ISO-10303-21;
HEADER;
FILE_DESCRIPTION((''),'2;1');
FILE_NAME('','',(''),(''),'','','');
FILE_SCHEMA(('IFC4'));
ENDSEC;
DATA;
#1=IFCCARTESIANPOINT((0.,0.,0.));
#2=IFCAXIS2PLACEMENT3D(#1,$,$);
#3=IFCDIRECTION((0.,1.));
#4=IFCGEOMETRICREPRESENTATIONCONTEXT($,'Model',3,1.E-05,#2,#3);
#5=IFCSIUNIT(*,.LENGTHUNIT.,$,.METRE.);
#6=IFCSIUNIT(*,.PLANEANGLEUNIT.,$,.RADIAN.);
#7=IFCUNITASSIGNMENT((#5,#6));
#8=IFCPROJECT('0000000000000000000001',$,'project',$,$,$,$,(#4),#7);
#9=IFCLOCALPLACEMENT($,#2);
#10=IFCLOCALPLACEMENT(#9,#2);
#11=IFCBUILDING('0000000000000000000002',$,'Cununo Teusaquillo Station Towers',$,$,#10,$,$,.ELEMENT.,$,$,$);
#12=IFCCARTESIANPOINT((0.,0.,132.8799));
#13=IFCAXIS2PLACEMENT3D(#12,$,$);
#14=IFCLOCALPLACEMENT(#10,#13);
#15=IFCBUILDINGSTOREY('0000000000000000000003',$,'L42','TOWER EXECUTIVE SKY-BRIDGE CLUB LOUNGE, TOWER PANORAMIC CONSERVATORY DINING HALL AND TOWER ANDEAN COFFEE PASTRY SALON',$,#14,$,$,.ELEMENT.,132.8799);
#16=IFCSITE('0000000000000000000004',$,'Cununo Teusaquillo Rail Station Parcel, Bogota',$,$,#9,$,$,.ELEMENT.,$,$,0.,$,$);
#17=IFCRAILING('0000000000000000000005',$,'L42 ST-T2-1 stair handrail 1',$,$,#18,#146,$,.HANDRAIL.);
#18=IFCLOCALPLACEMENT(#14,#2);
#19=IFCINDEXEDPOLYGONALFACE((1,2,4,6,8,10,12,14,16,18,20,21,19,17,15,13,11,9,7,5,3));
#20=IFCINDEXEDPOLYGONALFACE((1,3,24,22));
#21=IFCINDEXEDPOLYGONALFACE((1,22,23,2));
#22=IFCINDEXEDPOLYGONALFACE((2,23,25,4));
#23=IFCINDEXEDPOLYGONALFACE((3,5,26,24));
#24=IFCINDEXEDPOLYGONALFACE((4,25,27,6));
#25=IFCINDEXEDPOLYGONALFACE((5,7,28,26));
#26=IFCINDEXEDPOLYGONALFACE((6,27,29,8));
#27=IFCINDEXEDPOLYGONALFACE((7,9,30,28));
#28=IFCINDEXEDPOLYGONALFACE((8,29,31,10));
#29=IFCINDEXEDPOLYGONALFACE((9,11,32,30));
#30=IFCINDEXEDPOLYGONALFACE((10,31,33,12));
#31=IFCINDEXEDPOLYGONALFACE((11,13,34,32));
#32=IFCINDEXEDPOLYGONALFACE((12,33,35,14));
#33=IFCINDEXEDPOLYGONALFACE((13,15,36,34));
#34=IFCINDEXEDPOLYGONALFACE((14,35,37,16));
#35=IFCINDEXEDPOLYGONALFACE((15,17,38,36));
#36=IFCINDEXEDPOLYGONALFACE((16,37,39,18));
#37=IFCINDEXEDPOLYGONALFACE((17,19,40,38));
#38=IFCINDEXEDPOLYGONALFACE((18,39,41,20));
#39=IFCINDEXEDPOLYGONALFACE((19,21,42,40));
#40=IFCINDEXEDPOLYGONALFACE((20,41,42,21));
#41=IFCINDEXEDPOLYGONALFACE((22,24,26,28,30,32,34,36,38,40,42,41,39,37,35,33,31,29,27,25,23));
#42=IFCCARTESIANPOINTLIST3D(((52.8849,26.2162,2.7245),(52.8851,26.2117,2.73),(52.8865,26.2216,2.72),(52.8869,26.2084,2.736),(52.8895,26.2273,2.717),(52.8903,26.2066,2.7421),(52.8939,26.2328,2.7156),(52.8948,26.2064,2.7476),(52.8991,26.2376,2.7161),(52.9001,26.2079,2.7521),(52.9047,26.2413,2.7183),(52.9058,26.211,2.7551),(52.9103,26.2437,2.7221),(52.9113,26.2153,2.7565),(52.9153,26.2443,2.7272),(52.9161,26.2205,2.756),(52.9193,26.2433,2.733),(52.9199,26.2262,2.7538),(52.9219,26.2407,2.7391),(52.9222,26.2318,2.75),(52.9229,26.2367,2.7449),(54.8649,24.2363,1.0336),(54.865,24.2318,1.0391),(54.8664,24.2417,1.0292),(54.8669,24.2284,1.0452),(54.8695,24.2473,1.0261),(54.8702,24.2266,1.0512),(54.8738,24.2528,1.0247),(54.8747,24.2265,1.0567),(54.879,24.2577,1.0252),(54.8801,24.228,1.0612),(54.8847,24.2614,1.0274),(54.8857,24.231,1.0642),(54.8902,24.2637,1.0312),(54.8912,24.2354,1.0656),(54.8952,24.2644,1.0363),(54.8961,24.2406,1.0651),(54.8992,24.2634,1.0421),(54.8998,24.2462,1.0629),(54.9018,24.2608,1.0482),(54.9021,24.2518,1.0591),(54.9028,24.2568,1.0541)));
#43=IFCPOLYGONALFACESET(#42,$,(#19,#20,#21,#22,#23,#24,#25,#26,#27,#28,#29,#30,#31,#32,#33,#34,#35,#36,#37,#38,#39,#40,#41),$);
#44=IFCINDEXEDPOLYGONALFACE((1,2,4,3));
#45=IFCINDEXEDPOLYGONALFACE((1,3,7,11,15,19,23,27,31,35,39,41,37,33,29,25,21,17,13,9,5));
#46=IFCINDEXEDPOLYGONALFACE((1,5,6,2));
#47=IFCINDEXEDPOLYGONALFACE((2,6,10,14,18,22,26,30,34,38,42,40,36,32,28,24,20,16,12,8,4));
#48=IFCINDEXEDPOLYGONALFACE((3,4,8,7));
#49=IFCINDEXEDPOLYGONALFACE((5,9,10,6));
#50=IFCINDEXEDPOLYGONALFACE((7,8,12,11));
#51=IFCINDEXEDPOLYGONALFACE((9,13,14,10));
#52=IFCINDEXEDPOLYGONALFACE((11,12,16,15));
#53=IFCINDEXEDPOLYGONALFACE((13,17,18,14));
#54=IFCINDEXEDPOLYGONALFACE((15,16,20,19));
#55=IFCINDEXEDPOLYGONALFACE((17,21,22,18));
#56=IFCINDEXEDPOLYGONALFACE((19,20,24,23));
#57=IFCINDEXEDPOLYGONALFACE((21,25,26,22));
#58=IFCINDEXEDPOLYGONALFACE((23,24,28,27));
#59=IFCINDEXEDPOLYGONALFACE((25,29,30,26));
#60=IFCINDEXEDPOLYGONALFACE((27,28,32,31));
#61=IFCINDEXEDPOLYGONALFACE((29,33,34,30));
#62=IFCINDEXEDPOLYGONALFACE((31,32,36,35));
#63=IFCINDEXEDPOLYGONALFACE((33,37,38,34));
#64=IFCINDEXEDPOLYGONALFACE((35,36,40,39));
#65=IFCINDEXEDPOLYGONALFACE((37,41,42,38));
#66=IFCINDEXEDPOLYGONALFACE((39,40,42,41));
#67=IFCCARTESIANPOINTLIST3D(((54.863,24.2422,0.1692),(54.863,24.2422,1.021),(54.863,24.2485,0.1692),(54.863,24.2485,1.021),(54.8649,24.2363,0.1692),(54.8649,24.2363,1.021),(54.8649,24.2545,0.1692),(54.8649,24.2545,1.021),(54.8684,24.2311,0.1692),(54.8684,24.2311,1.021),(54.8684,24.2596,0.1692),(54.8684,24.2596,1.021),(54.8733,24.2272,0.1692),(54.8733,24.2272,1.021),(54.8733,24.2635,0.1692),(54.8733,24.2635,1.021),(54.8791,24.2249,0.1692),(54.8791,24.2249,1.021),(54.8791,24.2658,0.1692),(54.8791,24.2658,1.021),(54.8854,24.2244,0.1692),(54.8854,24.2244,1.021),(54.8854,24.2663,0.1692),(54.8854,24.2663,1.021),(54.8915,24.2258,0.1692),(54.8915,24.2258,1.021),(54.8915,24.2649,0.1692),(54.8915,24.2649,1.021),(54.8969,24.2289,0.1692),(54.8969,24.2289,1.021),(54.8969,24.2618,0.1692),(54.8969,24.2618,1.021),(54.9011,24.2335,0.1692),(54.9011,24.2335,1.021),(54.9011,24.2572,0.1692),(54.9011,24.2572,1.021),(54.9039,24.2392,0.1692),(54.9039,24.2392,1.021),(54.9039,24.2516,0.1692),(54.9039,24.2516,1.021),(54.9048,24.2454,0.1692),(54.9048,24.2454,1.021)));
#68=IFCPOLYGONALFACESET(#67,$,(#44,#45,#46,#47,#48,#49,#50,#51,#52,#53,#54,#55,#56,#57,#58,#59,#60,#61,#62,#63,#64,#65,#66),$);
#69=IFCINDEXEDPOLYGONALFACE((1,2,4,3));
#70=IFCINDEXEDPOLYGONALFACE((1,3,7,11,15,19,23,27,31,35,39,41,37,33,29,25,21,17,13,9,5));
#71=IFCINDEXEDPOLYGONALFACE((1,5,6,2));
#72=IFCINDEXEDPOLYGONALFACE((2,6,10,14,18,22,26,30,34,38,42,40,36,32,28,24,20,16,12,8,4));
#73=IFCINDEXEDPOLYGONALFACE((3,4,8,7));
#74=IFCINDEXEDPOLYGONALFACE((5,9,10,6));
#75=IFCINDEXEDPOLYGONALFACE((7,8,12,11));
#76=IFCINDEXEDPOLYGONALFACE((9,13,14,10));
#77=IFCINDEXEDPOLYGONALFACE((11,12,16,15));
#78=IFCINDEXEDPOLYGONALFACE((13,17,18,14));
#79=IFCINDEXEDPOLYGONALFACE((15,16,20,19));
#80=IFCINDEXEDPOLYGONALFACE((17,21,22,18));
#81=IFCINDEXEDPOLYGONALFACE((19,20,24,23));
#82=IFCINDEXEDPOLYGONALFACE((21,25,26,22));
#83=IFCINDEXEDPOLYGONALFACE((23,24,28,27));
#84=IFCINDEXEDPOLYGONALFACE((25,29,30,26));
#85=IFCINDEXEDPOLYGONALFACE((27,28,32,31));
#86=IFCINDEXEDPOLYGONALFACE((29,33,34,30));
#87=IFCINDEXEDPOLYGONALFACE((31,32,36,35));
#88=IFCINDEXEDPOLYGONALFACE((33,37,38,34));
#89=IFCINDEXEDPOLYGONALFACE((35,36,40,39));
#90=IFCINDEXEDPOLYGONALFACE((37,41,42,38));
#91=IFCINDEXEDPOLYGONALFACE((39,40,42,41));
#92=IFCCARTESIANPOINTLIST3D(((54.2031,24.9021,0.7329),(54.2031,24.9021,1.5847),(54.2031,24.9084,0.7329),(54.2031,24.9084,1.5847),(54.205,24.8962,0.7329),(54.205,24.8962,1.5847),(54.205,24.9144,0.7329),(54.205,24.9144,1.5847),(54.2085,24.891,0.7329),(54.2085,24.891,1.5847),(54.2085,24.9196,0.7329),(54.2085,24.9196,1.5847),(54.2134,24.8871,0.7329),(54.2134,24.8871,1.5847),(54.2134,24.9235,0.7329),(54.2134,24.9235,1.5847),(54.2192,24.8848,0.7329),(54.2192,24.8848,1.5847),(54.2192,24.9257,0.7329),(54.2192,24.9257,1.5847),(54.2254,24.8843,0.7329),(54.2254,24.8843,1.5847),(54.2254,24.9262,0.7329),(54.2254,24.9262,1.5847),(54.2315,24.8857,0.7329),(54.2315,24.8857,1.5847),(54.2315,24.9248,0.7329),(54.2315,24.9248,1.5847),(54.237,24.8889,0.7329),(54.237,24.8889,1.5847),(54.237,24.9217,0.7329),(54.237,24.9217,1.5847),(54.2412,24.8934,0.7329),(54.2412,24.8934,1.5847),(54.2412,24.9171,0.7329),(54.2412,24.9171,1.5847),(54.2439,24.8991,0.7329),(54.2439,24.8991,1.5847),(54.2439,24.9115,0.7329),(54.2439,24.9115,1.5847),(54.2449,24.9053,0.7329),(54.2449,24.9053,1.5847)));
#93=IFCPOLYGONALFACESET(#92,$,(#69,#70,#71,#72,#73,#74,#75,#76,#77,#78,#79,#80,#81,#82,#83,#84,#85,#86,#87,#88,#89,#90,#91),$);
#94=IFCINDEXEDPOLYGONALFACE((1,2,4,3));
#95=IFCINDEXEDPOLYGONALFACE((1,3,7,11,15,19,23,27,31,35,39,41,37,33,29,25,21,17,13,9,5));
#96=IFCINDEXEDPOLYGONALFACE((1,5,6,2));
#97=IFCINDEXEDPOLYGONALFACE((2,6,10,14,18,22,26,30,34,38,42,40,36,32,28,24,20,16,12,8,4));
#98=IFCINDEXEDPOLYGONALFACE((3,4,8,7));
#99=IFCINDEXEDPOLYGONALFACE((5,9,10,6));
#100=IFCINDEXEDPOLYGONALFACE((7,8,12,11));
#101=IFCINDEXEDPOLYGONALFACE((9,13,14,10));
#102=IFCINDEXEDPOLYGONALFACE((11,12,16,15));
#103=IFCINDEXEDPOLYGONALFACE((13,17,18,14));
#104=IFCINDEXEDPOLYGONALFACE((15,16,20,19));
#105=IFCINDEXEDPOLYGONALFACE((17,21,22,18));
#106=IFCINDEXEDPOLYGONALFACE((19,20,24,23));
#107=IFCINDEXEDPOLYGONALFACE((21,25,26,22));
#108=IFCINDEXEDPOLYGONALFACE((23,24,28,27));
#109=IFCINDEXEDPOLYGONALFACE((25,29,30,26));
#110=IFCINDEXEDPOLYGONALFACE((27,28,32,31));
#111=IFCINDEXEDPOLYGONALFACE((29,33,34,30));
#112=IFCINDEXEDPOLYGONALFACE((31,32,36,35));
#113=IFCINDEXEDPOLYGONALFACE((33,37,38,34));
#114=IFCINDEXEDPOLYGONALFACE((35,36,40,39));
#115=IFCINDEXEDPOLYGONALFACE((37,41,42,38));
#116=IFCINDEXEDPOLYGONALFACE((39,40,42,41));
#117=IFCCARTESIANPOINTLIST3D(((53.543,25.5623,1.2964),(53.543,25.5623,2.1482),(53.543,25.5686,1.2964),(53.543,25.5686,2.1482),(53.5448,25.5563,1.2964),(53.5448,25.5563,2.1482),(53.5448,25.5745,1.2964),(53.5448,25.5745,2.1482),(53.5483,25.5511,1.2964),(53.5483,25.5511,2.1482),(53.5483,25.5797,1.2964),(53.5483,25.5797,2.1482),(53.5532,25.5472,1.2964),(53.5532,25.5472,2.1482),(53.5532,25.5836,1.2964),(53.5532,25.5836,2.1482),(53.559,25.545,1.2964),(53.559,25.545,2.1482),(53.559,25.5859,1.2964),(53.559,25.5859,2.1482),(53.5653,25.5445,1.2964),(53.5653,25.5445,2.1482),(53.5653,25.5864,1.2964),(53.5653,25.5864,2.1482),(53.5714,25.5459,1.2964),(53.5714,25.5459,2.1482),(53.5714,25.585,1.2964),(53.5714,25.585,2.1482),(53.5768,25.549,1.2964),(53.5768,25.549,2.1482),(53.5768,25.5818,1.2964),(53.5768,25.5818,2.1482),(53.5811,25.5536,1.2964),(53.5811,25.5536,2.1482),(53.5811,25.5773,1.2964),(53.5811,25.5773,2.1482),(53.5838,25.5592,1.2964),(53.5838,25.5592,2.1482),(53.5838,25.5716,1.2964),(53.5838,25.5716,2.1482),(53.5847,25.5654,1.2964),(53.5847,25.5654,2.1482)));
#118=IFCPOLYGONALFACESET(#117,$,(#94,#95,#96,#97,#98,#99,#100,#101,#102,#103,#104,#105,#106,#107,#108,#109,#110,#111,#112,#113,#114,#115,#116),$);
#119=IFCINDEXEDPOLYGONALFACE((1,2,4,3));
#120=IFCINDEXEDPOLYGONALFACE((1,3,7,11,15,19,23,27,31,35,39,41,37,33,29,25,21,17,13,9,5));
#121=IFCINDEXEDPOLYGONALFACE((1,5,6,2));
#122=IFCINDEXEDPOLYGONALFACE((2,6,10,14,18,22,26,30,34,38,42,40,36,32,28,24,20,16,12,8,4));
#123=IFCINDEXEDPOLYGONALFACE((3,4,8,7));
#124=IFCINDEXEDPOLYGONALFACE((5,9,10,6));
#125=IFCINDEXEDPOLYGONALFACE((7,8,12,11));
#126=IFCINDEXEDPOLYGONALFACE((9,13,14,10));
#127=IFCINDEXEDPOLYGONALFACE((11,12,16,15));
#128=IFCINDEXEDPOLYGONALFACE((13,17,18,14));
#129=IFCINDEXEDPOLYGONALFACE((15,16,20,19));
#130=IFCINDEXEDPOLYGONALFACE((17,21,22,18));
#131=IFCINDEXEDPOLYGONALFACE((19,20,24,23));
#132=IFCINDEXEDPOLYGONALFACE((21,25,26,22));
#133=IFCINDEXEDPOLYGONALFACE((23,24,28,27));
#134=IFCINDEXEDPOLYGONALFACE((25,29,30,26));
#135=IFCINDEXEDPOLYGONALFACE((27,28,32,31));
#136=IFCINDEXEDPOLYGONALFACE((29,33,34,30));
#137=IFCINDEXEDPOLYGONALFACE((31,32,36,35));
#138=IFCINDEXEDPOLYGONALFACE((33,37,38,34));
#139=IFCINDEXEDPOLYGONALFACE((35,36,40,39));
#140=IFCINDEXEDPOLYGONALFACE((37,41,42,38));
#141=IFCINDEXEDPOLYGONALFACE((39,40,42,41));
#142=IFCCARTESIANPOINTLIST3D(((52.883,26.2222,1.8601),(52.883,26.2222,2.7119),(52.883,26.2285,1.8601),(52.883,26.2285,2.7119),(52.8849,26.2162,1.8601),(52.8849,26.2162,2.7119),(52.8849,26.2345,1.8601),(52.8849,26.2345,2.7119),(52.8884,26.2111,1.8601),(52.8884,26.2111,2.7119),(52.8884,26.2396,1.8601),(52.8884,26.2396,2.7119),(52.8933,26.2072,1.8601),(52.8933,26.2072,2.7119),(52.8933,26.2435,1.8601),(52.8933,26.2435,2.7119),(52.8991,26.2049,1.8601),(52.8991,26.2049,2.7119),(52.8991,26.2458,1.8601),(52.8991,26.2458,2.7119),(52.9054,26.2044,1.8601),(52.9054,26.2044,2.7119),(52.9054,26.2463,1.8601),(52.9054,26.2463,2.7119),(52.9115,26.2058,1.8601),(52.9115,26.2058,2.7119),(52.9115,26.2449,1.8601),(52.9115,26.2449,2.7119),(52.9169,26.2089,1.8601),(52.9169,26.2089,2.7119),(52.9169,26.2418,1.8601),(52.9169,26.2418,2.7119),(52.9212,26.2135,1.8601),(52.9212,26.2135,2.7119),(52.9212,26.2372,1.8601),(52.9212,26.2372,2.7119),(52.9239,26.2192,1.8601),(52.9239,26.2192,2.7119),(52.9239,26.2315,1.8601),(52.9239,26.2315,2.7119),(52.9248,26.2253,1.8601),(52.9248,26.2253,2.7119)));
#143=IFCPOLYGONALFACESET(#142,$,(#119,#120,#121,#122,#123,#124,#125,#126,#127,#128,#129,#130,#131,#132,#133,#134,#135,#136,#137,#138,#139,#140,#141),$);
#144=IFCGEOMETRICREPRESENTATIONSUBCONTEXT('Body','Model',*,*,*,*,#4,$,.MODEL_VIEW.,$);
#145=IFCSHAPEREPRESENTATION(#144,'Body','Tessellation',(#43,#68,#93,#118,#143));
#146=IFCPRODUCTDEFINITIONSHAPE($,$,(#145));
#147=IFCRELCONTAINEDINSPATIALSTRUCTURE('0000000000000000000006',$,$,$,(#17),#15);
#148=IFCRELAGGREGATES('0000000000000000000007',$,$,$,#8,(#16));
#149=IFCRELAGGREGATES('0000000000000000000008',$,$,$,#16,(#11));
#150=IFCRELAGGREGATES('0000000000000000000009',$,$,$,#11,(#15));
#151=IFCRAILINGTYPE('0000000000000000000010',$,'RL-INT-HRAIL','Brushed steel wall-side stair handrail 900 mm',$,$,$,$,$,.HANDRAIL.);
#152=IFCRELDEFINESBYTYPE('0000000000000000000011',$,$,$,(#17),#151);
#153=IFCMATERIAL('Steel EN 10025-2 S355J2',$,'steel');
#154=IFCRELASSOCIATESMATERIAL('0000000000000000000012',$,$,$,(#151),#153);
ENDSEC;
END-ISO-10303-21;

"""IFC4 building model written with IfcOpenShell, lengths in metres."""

from ifc_helpers import new_model, si_unit, direction, frame, origin, origin_2d, place, context, subcontext, project, spatial, circle, extrude, material, type_object, element, save


model = new_model("IFC4")

# Units and contexts
model_context = context("Model", 3, precision=1e-05, world=origin(), true_north=direction((0.0, 1.0)))
body_context = subcontext(model_context, "Body", "Model", "MODEL_VIEW")
ifc_project = project(units=[si_unit("LENGTHUNIT", "METRE"), si_unit("PLANEANGLEUNIT", "RADIAN")], contexts=[model_context])

# Site, building, storey
site_placement = place(None, origin())
site = spatial("IfcSite", under=ifc_project, at=site_placement, Name="Cununo Teusaquillo Rail Station Parcel, Bogota", CompositionType="ELEMENT", RefElevation=0.0)
building_placement = place(site_placement, origin())
building = spatial("IfcBuilding", under=site, at=building_placement, Name="Cununo Teusaquillo Station Towers", CompositionType="ELEMENT")
storey_placement = place(building_placement, frame((0.0, 0.0, 132.8799)))
storey = spatial("IfcBuildingStorey", under=building, at=storey_placement, Name="L42", Description="TOWER EXECUTIVE SKY-BRIDGE CLUB LOUNGE, TOWER PANORAMIC CONSERVATORY DINING HALL AND TOWER ANDEAN COFFEE PASTRY SALON", CompositionType="ELEMENT", Elevation=132.8799)

# Railing
ifc_material_1 = material(Name="Steel EN 10025-2 S355J2", Category="steel")
railing_type_1 = type_object("IfcRailingType", Name="RL-INT-HRAIL", Description="Brushed steel wall-side stair handrail 900 mm", PredefinedType="HANDRAIL", material=ifc_material_1)
railing_1_placement = place(storey_placement, frame((54.8838, 24.2454, 0.1692)))
element("IfcRailing", 1, at=railing_1_placement, inside=storey, type_object=railing_type_1, Name="L42 ST-T2-1 stair handrail 1", PredefinedType="HANDRAIL", context=body_context, shape_type="SweptSolid", body=[
    extrude(circle(Radius=0.0239, at=origin_2d()), frame((0.0, 0.0, 0.876), z_axis=(-0.605302, 0.605302, 0.516932), x_axis=(-0.707107, -0.707107, 0.0)), (0.0, 0.0, 1.0), 3.271),
    extrude(circle(Radius=0.021, at=origin_2d()), origin(), (0.0, 0.0, 1.0), 0.8518),
    extrude(circle(Radius=0.021, at=origin_2d()), frame((-0.6599, 0.6599, 0.5637)), (0.0, 0.0, 1.0), 0.8518),
    extrude(circle(Radius=0.021, at=origin_2d()), frame((-1.3201, 1.3201, 1.1272)), (0.0, 0.0, 1.0), 0.8518),
    extrude(circle(Radius=0.021, at=origin_2d()), frame((-1.98, 1.98, 1.6909)), (0.0, 0.0, 1.0), 0.8518),
])

save(model, "model.ifc")
